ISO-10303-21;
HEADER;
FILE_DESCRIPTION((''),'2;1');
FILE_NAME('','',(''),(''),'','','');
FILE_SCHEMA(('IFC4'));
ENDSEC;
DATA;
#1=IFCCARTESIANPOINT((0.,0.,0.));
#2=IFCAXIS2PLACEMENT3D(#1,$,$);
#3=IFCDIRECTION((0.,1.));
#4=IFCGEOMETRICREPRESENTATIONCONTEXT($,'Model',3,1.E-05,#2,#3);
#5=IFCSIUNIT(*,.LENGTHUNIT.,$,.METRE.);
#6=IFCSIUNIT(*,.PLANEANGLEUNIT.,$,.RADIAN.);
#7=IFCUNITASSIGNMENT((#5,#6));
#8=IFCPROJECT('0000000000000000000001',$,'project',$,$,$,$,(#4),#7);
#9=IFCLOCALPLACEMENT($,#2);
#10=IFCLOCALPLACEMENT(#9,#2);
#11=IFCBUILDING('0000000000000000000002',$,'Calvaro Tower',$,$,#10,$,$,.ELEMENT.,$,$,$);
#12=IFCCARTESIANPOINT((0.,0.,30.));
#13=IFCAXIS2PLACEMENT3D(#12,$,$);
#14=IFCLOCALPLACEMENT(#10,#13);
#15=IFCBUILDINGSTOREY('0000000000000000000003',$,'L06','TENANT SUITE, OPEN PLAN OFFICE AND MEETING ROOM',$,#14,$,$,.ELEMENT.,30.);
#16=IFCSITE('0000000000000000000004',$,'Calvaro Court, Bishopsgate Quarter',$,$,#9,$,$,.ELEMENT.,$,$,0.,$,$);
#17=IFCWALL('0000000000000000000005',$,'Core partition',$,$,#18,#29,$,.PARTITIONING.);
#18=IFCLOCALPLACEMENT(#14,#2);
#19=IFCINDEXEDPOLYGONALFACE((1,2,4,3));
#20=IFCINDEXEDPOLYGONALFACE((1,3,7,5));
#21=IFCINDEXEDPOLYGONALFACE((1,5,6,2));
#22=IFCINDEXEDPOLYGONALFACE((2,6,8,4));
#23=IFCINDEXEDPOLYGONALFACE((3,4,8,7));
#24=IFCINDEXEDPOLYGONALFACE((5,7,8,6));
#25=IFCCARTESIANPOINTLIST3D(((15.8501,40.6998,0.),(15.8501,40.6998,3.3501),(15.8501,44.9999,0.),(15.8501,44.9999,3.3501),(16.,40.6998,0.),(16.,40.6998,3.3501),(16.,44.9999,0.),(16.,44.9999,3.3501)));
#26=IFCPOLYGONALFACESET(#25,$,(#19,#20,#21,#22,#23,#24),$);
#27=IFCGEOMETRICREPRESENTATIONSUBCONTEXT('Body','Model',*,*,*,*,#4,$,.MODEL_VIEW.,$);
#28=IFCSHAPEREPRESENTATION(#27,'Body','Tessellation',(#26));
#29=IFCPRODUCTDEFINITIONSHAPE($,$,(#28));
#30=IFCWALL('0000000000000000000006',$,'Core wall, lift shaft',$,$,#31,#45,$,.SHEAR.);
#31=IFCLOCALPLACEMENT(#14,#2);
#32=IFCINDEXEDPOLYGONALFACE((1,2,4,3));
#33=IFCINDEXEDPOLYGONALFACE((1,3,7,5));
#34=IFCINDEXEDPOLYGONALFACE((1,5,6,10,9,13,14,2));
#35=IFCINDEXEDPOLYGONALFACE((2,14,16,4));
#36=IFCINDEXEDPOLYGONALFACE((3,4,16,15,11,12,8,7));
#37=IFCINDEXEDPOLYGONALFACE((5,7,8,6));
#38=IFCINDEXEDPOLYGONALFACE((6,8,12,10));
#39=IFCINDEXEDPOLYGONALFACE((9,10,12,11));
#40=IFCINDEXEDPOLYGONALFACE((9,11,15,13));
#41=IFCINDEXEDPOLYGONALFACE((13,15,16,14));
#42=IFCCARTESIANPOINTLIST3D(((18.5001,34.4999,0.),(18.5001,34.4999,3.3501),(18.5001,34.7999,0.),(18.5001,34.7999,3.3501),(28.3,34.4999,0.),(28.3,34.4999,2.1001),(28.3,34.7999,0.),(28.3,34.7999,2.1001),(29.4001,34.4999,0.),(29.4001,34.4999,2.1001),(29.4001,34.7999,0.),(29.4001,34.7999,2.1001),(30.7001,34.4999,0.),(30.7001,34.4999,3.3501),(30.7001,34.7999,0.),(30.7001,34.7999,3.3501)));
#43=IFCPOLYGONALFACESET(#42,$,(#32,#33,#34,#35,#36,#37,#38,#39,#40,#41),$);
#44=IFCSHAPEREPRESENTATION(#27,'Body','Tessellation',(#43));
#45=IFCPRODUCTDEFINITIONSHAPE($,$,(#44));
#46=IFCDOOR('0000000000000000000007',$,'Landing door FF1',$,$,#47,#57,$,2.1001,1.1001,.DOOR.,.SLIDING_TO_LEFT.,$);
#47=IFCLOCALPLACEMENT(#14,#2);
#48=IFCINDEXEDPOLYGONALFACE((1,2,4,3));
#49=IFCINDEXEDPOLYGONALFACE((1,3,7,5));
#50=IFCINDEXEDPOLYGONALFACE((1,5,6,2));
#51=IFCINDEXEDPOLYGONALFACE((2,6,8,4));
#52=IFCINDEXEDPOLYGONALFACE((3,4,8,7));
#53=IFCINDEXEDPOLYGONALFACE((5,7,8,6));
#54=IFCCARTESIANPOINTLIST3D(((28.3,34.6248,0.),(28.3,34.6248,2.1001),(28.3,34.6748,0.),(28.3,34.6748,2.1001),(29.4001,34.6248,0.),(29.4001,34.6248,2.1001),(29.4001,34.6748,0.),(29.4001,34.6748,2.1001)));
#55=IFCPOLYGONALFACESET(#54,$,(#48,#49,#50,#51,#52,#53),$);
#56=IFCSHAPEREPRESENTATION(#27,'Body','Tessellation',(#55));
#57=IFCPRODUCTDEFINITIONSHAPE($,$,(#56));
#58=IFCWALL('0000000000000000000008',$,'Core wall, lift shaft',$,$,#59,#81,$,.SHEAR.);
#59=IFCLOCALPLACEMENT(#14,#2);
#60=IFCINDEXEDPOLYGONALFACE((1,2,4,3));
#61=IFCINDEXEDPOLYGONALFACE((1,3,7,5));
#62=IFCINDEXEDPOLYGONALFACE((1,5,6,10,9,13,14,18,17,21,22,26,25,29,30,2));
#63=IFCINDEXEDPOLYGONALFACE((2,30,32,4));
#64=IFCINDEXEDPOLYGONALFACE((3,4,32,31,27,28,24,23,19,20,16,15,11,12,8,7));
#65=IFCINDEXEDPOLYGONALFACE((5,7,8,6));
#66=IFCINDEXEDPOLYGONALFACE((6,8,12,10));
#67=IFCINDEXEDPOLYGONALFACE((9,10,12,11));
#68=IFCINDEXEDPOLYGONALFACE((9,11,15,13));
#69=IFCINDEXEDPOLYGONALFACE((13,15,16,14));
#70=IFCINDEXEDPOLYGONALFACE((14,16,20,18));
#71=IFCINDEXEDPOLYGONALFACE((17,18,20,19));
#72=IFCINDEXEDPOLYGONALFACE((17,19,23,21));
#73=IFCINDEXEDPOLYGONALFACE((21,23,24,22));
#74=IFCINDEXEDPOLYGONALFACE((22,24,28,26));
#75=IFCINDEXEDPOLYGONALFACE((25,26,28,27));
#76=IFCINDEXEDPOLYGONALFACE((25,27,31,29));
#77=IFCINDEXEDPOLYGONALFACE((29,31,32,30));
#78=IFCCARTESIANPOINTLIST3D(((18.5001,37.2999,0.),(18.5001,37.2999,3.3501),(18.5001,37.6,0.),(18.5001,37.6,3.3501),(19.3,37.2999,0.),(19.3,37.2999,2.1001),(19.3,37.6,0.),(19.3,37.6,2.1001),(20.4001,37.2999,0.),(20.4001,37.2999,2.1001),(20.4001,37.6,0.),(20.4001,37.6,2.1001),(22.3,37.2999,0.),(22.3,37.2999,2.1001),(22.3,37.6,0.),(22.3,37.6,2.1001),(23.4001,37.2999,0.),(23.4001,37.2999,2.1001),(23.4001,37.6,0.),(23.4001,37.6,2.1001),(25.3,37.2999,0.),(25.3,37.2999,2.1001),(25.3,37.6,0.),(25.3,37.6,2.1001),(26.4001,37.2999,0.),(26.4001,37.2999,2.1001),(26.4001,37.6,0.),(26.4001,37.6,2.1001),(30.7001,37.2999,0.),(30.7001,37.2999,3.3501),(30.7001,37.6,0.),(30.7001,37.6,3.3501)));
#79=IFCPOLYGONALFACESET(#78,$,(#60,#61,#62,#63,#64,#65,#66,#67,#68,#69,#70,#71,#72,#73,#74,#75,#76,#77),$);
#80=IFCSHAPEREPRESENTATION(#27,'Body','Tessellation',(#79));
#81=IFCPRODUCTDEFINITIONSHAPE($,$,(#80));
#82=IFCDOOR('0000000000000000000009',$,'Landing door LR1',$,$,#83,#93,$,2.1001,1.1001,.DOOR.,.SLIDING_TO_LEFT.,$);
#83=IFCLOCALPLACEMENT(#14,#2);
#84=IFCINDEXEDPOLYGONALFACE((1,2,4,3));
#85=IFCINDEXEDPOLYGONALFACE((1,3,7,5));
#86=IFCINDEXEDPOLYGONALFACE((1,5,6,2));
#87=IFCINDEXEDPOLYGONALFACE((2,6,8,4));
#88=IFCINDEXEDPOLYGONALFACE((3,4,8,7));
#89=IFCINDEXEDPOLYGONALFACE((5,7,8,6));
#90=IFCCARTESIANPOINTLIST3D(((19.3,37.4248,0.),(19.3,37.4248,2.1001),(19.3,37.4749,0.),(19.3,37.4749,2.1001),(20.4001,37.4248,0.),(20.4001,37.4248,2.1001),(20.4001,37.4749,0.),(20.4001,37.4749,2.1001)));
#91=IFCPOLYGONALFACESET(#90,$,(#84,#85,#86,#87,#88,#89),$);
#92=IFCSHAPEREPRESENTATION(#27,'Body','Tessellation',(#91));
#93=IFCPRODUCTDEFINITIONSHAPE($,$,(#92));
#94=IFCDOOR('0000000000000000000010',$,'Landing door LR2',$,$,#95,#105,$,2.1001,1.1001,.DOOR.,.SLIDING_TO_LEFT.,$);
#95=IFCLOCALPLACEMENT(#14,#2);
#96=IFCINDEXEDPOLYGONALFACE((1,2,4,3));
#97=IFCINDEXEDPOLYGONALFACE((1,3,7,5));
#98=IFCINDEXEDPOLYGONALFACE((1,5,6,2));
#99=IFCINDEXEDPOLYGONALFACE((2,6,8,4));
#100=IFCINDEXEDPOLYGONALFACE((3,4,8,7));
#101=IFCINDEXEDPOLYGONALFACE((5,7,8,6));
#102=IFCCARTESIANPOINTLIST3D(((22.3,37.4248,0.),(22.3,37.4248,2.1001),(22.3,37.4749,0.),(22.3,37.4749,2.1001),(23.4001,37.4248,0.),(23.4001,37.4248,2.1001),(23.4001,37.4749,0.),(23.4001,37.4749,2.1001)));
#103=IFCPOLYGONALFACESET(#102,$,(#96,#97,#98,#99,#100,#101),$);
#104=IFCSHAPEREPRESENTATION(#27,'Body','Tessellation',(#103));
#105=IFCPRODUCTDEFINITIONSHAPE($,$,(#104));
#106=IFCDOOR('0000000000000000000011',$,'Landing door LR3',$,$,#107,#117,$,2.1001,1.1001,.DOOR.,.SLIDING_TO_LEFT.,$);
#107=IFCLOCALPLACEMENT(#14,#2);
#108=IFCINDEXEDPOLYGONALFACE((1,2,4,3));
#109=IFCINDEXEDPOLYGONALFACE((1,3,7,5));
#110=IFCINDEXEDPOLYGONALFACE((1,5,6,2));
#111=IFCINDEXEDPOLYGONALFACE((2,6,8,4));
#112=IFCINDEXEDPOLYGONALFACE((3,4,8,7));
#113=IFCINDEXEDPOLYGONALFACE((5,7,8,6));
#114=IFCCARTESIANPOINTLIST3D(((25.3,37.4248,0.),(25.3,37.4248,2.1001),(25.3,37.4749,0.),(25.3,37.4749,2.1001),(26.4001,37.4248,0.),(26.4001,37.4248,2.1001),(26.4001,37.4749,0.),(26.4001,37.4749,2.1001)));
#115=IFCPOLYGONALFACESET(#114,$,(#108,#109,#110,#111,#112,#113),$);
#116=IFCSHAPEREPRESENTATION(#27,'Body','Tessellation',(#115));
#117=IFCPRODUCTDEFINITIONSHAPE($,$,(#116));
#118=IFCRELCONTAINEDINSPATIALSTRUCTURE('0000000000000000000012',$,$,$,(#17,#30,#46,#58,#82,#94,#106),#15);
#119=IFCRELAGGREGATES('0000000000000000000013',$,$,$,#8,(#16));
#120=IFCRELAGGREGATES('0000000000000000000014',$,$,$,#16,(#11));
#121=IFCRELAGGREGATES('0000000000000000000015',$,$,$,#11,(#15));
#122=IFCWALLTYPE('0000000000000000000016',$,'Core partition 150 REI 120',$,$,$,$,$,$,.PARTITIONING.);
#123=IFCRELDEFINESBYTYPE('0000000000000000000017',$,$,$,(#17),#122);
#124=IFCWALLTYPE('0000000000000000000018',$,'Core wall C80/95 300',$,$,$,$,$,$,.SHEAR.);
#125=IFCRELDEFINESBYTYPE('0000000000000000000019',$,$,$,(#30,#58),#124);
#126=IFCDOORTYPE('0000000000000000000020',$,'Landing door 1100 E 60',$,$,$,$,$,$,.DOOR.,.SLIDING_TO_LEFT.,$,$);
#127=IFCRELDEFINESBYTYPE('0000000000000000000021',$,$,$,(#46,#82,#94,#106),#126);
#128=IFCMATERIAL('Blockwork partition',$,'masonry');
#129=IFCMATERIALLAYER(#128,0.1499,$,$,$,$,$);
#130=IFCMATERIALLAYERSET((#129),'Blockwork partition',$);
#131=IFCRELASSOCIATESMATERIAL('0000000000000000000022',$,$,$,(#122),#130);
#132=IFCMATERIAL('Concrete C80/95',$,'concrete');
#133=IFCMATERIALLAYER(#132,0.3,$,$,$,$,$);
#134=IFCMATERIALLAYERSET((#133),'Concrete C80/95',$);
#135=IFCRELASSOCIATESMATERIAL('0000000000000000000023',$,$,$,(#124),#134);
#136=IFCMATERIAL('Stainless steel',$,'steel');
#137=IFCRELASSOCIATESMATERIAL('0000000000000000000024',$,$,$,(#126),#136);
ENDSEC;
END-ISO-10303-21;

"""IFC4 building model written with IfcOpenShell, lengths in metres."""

from ifc_helpers import new_model, si_unit, direction, frame, frame_2d, origin, place, context, subcontext, project, spatial, rectangle, extrude, material, layer, layer_set, type_object, element, fill, save


model = new_model("IFC4")

# Units and contexts
model_context = context("Model", 3, precision=1e-05, world=origin(), true_north=direction((0.0, 1.0)))
body_context = subcontext(model_context, "Body", "Model", "MODEL_VIEW")
ifc_project = project(units=[si_unit("LENGTHUNIT", "METRE"), si_unit("PLANEANGLEUNIT", "RADIAN")], contexts=[model_context])

# Site, building, storey
site_placement = place(None, origin())
site = spatial("IfcSite", under=ifc_project, at=site_placement, Name="Calvaro Court, Bishopsgate Quarter", CompositionType="ELEMENT", RefElevation=0.0)
building_placement = place(site_placement, origin())
building = spatial("IfcBuilding", under=site, at=building_placement, Name="Calvaro Tower", CompositionType="ELEMENT")
storey_placement = place(building_placement, frame((0.0, 0.0, 30.0)))
storey = spatial("IfcBuildingStorey", under=building, at=storey_placement, Name="L06", Description="TENANT SUITE, OPEN PLAN OFFICE AND MEETING ROOM", CompositionType="ELEMENT", Elevation=30.0)

# Wall
ifc_material_1 = material(Name="Blockwork partition", Category="masonry")
ifc_layer_1 = layer(ifc_material_1, 0.1499)
ifc_layer_set_1 = layer_set([ifc_layer_1], Name="Blockwork partition")
wall_type_1 = type_object("IfcWallType", Name="Core partition 150 REI 120", PredefinedType="PARTITIONING", material=ifc_layer_set_1)
wall_1_placement = place(storey_placement, frame((15.925, 40.7, 0.0), z_axis=(0.0, 0.0, 1.0), x_axis=(0.0, 1.0, 0.0)))
element("IfcWall", 1, at=wall_1_placement, inside=storey, type_object=wall_type_1, Name="Core partition", PredefinedType="PARTITIONING", context=body_context, shape_type="SweptSolid", body=[
    extrude(rectangle(XDim=4.3, YDim=0.1499, at=frame_2d((2.1499, 0.0))), origin(), (0.0, 0.0, 1.0), 3.3501),
])

# Wall, opening, door
ifc_material_2 = material(Name="Concrete C80/95", Category="concrete")
ifc_layer_2 = layer(ifc_material_2, 0.3)
ifc_layer_set_2 = layer_set([ifc_layer_2], Name="Concrete C80/95")
wall_type_2 = type_object("IfcWallType", Name="Core wall C80/95 300", PredefinedType="SHEAR", material=ifc_layer_set_2)
wall_2_placement = place(storey_placement, frame((18.5, 34.6499, 0.0), z_axis=(0.0, 0.0, 1.0), x_axis=(1.0, 0.0, 0.0)))
wall_2 = element("IfcWall", 2, at=wall_2_placement, inside=storey, type_object=wall_type_2, Name="Core wall, lift shaft", PredefinedType="SHEAR", context=body_context, shape_type="SweptSolid", body=[
    extrude(rectangle(XDim=12.2, YDim=0.3, at=frame_2d((6.1001, 0.0))), origin(), (0.0, 0.0, 1.0), 3.3501),
])
opening_1_placement = place(wall_2_placement, frame((9.8, 0.0, 0.0)))
opening_1 = element("IfcOpeningElement", 3, at=opening_1_placement, cuts=wall_2, PredefinedType="OPENING", context=body_context, shape_type="SweptSolid", body=[
    extrude(rectangle(XDim=1.1001, YDim=2.1001, at=frame_2d((0.55, 1.05))), frame((0.0, 0.1599, 0.0), z_axis=(0.0, -1.0, 0.0), x_axis=(1.0, 0.0, 0.0)), (0.0, 0.0, 1.0), 0.3201),
])
ifc_material_3 = material(Name="Stainless steel", Category="steel")
door_type_1 = type_object("IfcDoorType", Name="Landing door 1100 E 60", OperationType="SLIDING_TO_LEFT", PredefinedType="DOOR", material=ifc_material_3)
door_1_placement = place(opening_1_placement, origin())
door_1 = element("IfcDoor", 4, at=door_1_placement, inside=storey, type_object=door_type_1, Name="Landing door FF1", OperationType="SLIDING_TO_LEFT", OverallHeight=2.1001, OverallWidth=1.1001, PredefinedType="DOOR", context=body_context, shape_type="SweptSolid", body=[
    extrude(rectangle(XDim=1.1001, YDim=2.1001, at=frame_2d((0.55, 1.05))), frame((0.0, 0.0249, 0.0), z_axis=(0.0, -1.0, 0.0), x_axis=(1.0, 0.0, 0.0)), (0.0, 0.0, 1.0), 0.05),
])
fill(opening_1, door_1)

# Wall, openings, doors
wall_3_placement = place(storey_placement, frame((18.5, 37.45, 0.0), z_axis=(0.0, 0.0, 1.0), x_axis=(1.0, 0.0, 0.0)))
wall_3 = element("IfcWall", 5, at=wall_3_placement, inside=storey, type_object=wall_type_2, Name="Core wall, lift shaft", PredefinedType="SHEAR", context=body_context, shape_type="SweptSolid", body=[
    extrude(rectangle(XDim=12.2, YDim=0.3, at=frame_2d((6.1001, 0.0))), origin(), (0.0, 0.0, 1.0), 3.3501),
])
opening_2_placement = place(wall_3_placement, frame((0.8, 0.0, 0.0)))
opening_2 = element("IfcOpeningElement", 6, at=opening_2_placement, cuts=wall_3, PredefinedType="OPENING", context=body_context, shape_type="SweptSolid", body=[
    extrude(rectangle(XDim=1.1001, YDim=2.1001, at=frame_2d((0.55, 1.05))), frame((0.0, 0.1599, 0.0), z_axis=(0.0, -1.0, 0.0), x_axis=(1.0, 0.0, 0.0)), (0.0, 0.0, 1.0), 0.3201),
])
opening_3_placement = place(wall_3_placement, frame((3.8, 0.0, 0.0)))
opening_3 = element("IfcOpeningElement", 7, at=opening_3_placement, cuts=wall_3, PredefinedType="OPENING", context=body_context, shape_type="SweptSolid", body=[
    extrude(rectangle(XDim=1.1001, YDim=2.1001, at=frame_2d((0.55, 1.05))), frame((0.0, 0.1599, 0.0), z_axis=(0.0, -1.0, 0.0), x_axis=(1.0, 0.0, 0.0)), (0.0, 0.0, 1.0), 0.3201),
])
opening_4_placement = place(wall_3_placement, frame((6.8, 0.0, 0.0)))
opening_4 = element("IfcOpeningElement", 8, at=opening_4_placement, cuts=wall_3, PredefinedType="OPENING", context=body_context, shape_type="SweptSolid", body=[
    extrude(rectangle(XDim=1.1001, YDim=2.1001, at=frame_2d((0.55, 1.05))), frame((0.0, 0.1599, 0.0), z_axis=(0.0, -1.0, 0.0), x_axis=(1.0, 0.0, 0.0)), (0.0, 0.0, 1.0), 0.3201),
])
door_2_placement = place(opening_2_placement, origin())
door_2 = element("IfcDoor", 9, at=door_2_placement, inside=storey, type_object=door_type_1, Name="Landing door LR1", OperationType="SLIDING_TO_LEFT", OverallHeight=2.1001, OverallWidth=1.1001, PredefinedType="DOOR", context=body_context, shape_type="SweptSolid", body=[
    extrude(rectangle(XDim=1.1001, YDim=2.1001, at=frame_2d((0.55, 1.05))), frame((0.0, 0.0249, 0.0), z_axis=(0.0, -1.0, 0.0), x_axis=(1.0, 0.0, 0.0)), (0.0, 0.0, 1.0), 0.05),
])
fill(opening_2, door_2)
door_3_placement = place(opening_3_placement, origin())
door_3 = element("IfcDoor", 10, at=door_3_placement, inside=storey, type_object=door_type_1, Name="Landing door LR2", OperationType="SLIDING_TO_LEFT", OverallHeight=2.1001, OverallWidth=1.1001, PredefinedType="DOOR", context=body_context, shape_type="SweptSolid", body=[
    extrude(rectangle(XDim=1.1001, YDim=2.1001, at=frame_2d((0.55, 1.05))), frame((0.0, 0.0249, 0.0), z_axis=(0.0, -1.0, 0.0), x_axis=(1.0, 0.0, 0.0)), (0.0, 0.0, 1.0), 0.05),
])
fill(opening_3, door_3)
door_4_placement = place(opening_4_placement, origin())
door_4 = element("IfcDoor", 11, at=door_4_placement, inside=storey, type_object=door_type_1, Name="Landing door LR3", OperationType="SLIDING_TO_LEFT", OverallHeight=2.1001, OverallWidth=1.1001, PredefinedType="DOOR", context=body_context, shape_type="SweptSolid", body=[
    extrude(rectangle(XDim=1.1001, YDim=2.1001, at=frame_2d((0.55, 1.05))), frame((0.0, 0.0249, 0.0), z_axis=(0.0, -1.0, 0.0), x_axis=(1.0, 0.0, 0.0)), (0.0, 0.0, 1.0), 0.05),
])
fill(opening_4, door_4)

save(model, "model.ifc")
